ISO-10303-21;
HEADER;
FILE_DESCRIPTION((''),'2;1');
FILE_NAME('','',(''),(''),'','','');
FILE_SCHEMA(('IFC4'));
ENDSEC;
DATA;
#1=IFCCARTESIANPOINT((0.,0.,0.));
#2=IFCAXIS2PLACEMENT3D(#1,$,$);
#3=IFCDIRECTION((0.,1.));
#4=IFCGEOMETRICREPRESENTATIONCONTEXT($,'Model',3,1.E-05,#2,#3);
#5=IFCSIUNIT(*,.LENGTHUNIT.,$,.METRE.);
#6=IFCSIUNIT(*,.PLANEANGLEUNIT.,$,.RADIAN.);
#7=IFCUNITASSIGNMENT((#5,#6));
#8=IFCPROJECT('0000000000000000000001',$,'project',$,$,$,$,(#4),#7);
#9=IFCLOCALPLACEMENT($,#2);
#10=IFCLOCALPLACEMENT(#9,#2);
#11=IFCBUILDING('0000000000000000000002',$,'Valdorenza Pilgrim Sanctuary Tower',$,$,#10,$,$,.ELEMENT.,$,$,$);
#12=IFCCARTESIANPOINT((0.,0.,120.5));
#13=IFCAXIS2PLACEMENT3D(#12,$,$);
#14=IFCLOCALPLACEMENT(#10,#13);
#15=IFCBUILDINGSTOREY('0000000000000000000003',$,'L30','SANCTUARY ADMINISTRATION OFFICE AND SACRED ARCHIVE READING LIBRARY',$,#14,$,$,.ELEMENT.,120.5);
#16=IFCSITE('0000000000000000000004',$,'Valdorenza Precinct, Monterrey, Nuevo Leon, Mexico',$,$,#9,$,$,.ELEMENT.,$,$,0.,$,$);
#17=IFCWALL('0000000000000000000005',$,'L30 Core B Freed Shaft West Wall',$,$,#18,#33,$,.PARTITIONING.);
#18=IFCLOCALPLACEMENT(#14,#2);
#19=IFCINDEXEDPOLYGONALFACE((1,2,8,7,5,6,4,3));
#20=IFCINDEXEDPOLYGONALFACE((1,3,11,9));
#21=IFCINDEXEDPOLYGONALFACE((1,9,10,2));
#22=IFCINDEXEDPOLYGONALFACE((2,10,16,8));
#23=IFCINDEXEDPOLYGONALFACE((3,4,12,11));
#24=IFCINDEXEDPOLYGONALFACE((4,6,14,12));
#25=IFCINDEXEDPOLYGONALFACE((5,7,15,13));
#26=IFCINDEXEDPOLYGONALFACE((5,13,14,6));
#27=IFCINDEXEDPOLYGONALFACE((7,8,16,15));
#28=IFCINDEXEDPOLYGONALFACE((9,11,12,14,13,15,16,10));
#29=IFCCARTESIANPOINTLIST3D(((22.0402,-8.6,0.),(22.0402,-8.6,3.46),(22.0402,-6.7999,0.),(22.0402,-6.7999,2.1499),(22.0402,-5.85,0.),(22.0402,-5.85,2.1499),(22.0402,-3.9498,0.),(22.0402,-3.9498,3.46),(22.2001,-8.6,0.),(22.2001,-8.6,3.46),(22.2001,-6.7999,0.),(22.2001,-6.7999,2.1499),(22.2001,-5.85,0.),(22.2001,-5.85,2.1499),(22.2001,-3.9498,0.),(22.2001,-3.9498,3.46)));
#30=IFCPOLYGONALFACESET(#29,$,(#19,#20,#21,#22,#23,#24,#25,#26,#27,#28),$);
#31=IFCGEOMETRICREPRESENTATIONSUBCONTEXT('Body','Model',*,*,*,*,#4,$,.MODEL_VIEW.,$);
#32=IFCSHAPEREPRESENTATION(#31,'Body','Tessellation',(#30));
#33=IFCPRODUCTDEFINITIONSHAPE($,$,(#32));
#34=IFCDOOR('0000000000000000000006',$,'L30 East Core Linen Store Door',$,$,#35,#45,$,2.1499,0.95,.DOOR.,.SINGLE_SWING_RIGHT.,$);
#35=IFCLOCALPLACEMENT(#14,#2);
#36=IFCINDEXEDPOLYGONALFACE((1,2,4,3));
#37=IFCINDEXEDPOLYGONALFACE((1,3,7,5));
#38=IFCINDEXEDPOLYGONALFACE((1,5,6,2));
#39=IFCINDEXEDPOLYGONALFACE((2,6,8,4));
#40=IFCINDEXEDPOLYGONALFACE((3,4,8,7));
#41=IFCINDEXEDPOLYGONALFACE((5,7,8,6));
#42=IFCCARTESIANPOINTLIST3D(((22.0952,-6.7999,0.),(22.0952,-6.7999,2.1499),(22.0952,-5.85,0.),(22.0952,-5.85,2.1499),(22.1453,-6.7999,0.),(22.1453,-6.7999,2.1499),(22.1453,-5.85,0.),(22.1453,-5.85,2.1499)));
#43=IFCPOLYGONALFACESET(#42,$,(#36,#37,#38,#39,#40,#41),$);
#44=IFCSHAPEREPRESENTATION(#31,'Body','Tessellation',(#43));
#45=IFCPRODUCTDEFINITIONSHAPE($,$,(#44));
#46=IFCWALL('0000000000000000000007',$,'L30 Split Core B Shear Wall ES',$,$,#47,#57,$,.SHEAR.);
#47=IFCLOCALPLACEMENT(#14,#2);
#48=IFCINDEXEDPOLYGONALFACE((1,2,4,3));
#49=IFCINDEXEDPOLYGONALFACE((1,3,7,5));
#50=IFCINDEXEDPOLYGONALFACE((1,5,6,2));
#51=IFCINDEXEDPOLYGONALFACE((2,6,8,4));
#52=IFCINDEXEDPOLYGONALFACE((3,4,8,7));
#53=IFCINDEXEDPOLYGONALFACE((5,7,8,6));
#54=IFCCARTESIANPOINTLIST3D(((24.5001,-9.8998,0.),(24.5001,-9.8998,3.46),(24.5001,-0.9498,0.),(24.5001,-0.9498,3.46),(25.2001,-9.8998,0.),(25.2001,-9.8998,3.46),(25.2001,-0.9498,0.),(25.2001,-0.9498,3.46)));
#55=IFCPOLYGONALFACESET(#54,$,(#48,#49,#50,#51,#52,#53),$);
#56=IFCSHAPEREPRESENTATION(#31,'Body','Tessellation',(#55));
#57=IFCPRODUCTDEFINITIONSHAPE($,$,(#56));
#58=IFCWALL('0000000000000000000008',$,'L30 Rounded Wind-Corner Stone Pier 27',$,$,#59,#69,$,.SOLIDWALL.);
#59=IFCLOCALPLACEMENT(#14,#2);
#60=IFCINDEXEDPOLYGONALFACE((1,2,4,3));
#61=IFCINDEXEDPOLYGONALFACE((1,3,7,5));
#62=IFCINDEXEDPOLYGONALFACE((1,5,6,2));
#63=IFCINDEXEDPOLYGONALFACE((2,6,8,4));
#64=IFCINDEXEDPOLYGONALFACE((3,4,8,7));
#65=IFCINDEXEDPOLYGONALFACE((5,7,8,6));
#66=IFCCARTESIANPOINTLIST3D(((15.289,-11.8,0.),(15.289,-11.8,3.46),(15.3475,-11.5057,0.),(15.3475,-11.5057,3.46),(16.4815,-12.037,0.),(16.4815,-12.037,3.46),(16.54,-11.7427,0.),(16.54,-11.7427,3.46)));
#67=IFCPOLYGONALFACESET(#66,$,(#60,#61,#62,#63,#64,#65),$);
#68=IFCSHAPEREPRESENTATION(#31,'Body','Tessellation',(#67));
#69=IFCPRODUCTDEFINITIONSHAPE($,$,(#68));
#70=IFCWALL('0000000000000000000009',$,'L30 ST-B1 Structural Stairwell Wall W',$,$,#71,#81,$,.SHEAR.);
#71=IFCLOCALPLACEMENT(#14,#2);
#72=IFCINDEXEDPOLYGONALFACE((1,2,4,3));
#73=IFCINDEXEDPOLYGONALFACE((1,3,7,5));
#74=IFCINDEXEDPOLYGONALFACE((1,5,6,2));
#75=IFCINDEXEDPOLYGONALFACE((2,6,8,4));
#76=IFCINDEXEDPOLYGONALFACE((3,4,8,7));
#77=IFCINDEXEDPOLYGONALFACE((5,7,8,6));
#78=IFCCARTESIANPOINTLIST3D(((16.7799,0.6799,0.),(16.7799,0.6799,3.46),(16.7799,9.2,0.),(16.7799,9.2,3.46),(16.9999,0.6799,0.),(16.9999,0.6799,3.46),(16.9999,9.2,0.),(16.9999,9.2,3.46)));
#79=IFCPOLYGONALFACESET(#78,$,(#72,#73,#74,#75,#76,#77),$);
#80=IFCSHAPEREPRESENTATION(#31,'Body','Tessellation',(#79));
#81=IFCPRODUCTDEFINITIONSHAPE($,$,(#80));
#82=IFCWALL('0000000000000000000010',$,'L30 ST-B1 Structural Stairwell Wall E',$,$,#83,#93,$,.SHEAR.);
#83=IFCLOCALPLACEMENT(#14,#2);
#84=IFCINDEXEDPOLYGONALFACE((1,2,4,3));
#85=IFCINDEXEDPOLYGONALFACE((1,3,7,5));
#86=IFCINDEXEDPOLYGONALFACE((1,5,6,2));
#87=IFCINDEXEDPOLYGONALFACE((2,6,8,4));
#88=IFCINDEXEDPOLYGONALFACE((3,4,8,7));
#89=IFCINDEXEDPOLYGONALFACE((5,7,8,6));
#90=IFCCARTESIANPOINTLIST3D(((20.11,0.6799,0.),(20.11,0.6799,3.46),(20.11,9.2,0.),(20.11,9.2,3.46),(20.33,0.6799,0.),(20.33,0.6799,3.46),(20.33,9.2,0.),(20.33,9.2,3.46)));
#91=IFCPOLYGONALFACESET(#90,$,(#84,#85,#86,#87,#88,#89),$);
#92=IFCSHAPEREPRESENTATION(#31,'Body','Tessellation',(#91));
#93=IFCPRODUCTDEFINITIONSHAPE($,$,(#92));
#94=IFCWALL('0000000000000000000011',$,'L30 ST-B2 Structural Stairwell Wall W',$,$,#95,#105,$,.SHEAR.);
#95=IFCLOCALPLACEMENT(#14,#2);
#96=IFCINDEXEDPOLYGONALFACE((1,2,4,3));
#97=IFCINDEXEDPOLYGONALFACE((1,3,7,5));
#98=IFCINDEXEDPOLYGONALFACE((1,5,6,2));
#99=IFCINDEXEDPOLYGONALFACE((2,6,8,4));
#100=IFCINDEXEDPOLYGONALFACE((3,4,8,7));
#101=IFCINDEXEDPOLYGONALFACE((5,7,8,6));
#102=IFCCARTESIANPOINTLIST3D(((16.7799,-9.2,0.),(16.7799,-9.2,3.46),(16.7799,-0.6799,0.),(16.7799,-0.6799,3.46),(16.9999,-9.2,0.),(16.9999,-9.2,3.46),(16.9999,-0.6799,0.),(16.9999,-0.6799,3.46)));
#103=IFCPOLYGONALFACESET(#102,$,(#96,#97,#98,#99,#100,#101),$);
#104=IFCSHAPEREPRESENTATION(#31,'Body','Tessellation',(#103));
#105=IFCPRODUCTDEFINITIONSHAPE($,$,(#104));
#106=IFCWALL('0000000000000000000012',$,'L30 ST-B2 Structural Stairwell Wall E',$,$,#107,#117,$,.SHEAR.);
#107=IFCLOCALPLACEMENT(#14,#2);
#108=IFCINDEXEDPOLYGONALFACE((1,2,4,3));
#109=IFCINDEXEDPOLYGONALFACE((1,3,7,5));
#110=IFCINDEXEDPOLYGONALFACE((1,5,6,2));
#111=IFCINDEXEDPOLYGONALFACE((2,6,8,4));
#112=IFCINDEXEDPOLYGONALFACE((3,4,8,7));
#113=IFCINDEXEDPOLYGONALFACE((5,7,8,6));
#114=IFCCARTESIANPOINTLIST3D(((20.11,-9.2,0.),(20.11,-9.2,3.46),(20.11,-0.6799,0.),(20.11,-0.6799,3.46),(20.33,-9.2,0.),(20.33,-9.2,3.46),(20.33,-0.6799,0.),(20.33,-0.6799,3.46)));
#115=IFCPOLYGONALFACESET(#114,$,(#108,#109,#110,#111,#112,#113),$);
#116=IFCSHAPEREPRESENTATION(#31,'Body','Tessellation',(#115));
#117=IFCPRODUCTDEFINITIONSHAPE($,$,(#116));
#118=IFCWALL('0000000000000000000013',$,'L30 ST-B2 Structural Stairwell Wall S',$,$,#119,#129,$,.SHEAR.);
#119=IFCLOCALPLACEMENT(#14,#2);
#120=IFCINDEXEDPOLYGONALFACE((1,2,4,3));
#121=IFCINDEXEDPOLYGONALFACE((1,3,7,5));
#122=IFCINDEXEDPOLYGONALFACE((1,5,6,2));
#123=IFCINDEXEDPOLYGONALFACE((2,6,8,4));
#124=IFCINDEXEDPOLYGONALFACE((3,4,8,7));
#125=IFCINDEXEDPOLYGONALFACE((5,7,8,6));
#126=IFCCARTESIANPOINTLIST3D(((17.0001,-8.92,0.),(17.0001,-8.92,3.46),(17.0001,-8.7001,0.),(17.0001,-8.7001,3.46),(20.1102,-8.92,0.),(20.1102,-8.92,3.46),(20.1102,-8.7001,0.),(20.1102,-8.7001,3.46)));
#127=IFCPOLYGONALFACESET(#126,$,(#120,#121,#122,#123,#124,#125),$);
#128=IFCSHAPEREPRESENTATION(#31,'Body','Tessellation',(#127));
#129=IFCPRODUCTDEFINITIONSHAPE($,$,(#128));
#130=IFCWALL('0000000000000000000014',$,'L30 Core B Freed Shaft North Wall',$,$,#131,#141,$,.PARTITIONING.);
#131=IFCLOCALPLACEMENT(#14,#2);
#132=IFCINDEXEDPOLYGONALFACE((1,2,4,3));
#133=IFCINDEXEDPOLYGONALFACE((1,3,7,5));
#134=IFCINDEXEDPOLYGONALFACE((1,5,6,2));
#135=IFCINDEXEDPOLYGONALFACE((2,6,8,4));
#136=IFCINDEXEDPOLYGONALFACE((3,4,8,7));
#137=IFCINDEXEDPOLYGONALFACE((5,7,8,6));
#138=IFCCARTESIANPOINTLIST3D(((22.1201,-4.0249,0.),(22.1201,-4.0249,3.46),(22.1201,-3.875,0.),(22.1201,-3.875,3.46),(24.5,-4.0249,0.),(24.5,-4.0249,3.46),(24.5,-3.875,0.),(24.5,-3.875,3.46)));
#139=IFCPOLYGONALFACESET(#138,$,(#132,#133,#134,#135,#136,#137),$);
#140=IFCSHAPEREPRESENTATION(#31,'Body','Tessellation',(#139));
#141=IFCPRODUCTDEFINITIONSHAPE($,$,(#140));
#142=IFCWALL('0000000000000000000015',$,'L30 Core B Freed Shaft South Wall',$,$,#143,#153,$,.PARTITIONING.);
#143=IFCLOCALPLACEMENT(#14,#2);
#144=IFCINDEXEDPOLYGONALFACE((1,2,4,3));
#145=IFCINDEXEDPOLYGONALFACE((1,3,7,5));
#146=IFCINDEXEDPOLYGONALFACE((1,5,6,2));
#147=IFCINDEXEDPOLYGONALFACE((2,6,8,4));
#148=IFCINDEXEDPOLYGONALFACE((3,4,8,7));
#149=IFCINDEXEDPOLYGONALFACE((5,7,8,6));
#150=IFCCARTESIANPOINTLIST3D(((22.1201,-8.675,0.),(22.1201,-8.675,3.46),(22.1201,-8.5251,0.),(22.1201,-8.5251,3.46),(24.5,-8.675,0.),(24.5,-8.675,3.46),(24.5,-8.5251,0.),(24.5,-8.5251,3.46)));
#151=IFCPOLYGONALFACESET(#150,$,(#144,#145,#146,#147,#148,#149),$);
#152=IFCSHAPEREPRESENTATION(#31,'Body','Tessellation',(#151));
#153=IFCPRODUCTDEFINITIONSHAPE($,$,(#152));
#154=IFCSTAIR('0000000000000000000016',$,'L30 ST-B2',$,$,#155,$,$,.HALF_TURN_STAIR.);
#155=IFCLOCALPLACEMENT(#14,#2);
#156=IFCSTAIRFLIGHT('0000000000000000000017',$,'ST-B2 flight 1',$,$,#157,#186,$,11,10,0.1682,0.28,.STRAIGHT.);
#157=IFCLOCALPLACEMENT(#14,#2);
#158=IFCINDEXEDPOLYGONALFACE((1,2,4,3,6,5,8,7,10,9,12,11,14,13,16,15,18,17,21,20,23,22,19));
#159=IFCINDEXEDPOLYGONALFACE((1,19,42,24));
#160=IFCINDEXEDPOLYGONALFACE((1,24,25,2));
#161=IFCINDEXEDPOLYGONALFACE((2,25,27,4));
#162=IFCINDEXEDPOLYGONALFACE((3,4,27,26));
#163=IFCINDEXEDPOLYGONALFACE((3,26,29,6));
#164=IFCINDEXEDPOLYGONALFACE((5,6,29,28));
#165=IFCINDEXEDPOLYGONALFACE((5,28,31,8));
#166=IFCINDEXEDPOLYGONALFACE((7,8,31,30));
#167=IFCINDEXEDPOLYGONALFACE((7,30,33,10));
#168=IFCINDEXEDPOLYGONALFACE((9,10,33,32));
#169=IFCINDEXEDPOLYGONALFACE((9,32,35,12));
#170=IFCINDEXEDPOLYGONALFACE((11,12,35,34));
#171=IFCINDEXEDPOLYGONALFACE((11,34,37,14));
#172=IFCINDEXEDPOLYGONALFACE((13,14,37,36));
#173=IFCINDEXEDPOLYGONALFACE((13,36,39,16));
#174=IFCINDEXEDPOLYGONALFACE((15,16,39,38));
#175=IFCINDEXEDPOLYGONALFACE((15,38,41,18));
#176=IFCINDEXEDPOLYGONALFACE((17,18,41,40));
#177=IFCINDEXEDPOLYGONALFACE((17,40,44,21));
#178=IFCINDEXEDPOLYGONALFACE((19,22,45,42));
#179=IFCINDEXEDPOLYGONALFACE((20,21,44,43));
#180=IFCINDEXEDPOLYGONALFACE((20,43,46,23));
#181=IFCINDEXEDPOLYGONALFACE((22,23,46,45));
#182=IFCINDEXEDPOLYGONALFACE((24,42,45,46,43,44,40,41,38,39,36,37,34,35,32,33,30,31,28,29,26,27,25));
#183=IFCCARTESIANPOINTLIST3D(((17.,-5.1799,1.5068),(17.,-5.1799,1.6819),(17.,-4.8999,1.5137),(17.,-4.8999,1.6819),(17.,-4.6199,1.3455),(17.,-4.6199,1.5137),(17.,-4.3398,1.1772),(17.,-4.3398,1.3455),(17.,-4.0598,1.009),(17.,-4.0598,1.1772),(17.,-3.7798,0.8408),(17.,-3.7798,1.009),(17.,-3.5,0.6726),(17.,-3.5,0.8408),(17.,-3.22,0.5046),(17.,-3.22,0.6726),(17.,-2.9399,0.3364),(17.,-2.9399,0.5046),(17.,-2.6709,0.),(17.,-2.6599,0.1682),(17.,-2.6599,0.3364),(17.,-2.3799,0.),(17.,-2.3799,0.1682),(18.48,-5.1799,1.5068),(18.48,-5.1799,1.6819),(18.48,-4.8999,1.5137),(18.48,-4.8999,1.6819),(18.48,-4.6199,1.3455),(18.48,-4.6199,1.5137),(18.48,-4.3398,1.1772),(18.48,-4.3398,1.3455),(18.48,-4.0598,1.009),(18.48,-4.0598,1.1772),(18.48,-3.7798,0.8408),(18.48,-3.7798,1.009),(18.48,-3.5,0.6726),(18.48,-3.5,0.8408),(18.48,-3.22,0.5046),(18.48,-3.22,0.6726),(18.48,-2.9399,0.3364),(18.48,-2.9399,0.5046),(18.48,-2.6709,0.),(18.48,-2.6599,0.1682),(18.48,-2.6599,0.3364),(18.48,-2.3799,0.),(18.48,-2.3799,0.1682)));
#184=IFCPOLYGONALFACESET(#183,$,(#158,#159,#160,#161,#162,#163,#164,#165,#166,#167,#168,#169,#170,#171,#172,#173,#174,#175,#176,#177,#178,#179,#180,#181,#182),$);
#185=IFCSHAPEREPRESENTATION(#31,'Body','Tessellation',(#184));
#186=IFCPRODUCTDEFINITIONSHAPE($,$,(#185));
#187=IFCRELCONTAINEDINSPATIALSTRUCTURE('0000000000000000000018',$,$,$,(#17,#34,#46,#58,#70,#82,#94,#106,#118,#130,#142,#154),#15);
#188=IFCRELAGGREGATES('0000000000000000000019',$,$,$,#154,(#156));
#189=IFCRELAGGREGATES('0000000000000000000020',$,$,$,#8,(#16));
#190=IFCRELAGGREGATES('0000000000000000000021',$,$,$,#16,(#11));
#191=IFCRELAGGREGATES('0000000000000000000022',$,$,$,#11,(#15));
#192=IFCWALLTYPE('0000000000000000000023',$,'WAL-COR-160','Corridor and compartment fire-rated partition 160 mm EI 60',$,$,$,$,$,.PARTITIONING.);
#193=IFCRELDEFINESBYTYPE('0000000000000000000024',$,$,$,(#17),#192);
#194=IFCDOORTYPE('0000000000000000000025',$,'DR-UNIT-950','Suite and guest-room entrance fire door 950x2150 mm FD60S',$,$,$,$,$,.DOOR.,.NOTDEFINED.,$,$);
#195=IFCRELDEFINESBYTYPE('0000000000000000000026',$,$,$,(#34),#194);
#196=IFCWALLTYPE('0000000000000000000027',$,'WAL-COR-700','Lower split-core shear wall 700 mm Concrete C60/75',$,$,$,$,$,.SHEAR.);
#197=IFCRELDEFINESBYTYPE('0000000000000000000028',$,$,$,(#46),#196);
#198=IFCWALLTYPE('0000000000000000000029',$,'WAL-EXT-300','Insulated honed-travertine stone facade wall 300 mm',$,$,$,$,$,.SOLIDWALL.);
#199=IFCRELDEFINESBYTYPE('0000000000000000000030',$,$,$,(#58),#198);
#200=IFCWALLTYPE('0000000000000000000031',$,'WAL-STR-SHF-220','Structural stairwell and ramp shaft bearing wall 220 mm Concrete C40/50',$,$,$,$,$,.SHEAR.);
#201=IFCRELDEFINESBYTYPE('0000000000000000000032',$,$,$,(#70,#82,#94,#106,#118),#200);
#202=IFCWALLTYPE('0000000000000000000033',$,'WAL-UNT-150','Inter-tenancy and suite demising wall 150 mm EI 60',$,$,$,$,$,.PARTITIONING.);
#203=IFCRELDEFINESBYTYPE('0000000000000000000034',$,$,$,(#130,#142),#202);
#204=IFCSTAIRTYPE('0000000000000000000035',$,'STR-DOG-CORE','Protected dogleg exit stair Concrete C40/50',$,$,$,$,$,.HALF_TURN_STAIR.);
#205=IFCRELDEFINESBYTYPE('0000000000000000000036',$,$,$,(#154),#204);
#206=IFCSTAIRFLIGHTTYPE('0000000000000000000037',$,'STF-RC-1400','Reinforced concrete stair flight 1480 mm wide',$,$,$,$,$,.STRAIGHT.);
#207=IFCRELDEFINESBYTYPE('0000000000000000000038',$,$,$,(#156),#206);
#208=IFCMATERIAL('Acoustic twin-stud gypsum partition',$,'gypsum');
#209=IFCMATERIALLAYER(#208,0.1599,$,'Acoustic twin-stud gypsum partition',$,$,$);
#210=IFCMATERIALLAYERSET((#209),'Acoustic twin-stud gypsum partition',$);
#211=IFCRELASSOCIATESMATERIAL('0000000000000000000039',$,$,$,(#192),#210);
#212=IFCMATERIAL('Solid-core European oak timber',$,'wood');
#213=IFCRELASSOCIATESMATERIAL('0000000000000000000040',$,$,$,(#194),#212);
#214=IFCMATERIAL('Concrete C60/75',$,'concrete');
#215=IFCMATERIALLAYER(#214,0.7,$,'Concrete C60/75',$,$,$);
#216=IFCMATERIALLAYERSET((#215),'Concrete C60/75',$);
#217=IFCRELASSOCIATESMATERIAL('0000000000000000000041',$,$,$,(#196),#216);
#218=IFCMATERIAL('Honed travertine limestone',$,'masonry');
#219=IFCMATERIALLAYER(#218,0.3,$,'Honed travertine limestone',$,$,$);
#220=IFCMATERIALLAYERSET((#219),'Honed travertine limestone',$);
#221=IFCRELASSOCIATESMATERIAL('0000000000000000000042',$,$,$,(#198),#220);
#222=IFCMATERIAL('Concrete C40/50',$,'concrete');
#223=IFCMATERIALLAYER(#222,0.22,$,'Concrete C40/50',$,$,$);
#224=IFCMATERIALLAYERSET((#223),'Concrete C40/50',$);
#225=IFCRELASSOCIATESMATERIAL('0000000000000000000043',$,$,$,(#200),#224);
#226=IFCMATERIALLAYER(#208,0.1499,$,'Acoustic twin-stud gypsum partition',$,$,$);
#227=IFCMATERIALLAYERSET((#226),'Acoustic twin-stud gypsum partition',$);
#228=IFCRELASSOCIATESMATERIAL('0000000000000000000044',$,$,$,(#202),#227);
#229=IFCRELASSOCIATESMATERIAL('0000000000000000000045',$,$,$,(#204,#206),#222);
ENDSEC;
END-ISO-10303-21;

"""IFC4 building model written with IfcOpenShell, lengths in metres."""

from ifc_helpers import new_model, si_unit, direction, frame, frame_2d, origin, place, context, subcontext, project, spatial, polyline, rectangle, outline, extrude, material, layer, layer_set, type_object, element, fill, aggregate, save


model = new_model("IFC4")

# Units and contexts
model_context = context("Model", 3, precision=1e-05, world=origin(), true_north=direction((0.0, 1.0)))
body_context = subcontext(model_context, "Body", "Model", "MODEL_VIEW")
ifc_project = project(units=[si_unit("LENGTHUNIT", "METRE"), si_unit("PLANEANGLEUNIT", "RADIAN")], contexts=[model_context])

# Site, building, storey
site_placement = place(None, origin())
site = spatial("IfcSite", under=ifc_project, at=site_placement, Name="Valdorenza Precinct, Monterrey, Nuevo Leon, Mexico", CompositionType="ELEMENT", RefElevation=0.0)
building_placement = place(site_placement, origin())
building = spatial("IfcBuilding", under=site, at=building_placement, Name="Valdorenza Pilgrim Sanctuary Tower", CompositionType="ELEMENT")
storey_placement = place(building_placement, frame((0.0, 0.0, 120.5)))
storey = spatial("IfcBuildingStorey", under=building, at=storey_placement, Name="L30", Description="SANCTUARY ADMINISTRATION OFFICE AND SACRED ARCHIVE READING LIBRARY", CompositionType="ELEMENT", Elevation=120.5)

# Shared definitions
ifc_material_1 = material(Name="Concrete C60/75", Category="concrete")

# Shared definitions
ifc_material_2 = material(Name="Honed travertine limestone", Category="masonry")

# Shared definitions
ifc_material_3 = material(Name="Acoustic twin-stud gypsum partition", Category="gypsum")
ifc_layer_1 = layer(ifc_material_3, 0.1599, Name="Acoustic twin-stud gypsum partition")
ifc_layer_set_1 = layer_set([ifc_layer_1], Name="Acoustic twin-stud gypsum partition")
wall_type_1 = type_object("IfcWallType", Name="WAL-COR-160", Description="Corridor and compartment fire-rated partition 160 mm EI 60", PredefinedType="PARTITIONING", material=ifc_layer_set_1)

# Wall, opening, door
wall_1_placement = place(storey_placement, frame((22.1201, -8.6001, 0.0), z_axis=(0.0, 0.0, 1.0), x_axis=(0.0, 1.0, 0.0)))
wall_1 = element("IfcWall", 1, at=wall_1_placement, inside=storey, type_object=wall_type_1, Name="L30 Core B Freed Shaft West Wall", PredefinedType="PARTITIONING", context=body_context, shape_type="SweptSolid", body=[
    extrude(rectangle(XDim=4.6501, YDim=0.1599, at=frame_2d((2.3252, 0.0))), origin(), (0.0, 0.0, 1.0), 3.46),
])
opening_1_placement = place(wall_1_placement, frame((1.8, 0.0, 0.0)))
opening_1 = element("IfcOpeningElement", 2, at=opening_1_placement, cuts=wall_1, PredefinedType="OPENING", context=body_context, shape_type="SweptSolid", body=[
    extrude(rectangle(XDim=0.95, YDim=2.1499, at=frame_2d((0.4751, 1.075))), frame((0.0, 0.0947, 0.0), z_axis=(0.0, -1.0, 0.0), x_axis=(1.0, 0.0, 0.0)), (0.0, 0.0, 1.0), 0.1897),
])
ifc_material_4 = material(Name="Solid-core European oak timber", Category="wood")
door_type_1 = type_object("IfcDoorType", Name="DR-UNIT-950", Description="Suite and guest-room entrance fire door 950x2150 mm FD60S", OperationType="NOTDEFINED", PredefinedType="DOOR", material=ifc_material_4)
door_1_placement = place(opening_1_placement, origin())
door_1 = element("IfcDoor", 3, at=door_1_placement, inside=storey, type_object=door_type_1, Name="L30 East Core Linen Store Door", OperationType="SINGLE_SWING_RIGHT", OverallHeight=2.1499, OverallWidth=0.95, PredefinedType="DOOR", context=body_context, shape_type="SweptSolid", body=[
    extrude(rectangle(XDim=0.95, YDim=2.1499, at=frame_2d((0.4751, 1.075))), frame((0.0, 0.0249, 0.0), z_axis=(0.0, -1.0, 0.0), x_axis=(1.0, 0.0, 0.0)), (0.0, 0.0, 1.0), 0.05),
])
fill(opening_1, door_1)

# Walls
ifc_layer_2 = layer(ifc_material_1, 0.7, Name="Concrete C60/75")
ifc_layer_set_2 = layer_set([ifc_layer_2], Name="Concrete C60/75")
wall_type_2 = type_object("IfcWallType", Name="WAL-COR-700", Description="Lower split-core shear wall 700 mm Concrete C60/75", PredefinedType="SHEAR", material=ifc_layer_set_2)
wall_2_placement = place(storey_placement, frame((24.8501, -9.8999, 0.0), z_axis=(0.0, 0.0, 1.0), x_axis=(0.0, 1.0, 0.0)))
element("IfcWall", 4, at=wall_2_placement, inside=storey, type_object=wall_type_2, Name="L30 Split Core B Shear Wall ES", PredefinedType="SHEAR", context=body_context, shape_type="SweptSolid", body=[
    extrude(rectangle(XDim=8.95, YDim=0.7, at=frame_2d((4.4751, 0.0))), origin(), (0.0, 0.0, 1.0), 3.46),
])
ifc_layer_3 = layer(ifc_material_2, 0.3, Name="Honed travertine limestone")
ifc_layer_set_3 = layer_set([ifc_layer_3], Name="Honed travertine limestone")
wall_type_3 = type_object("IfcWallType", Name="WAL-EXT-300", Description="Insulated honed-travertine stone facade wall 300 mm", PredefinedType="SOLIDWALL", material=ifc_layer_set_3)
wall_3_placement = place(storey_placement, frame((16.5107, -11.8899, 0.0), z_axis=(0.0, 0.0, 1.0), x_axis=(-0.980804, 0.194996, 0.0)))
element("IfcWall", 5, at=wall_3_placement, inside=storey, type_object=wall_type_3, Name="L30 Rounded Wind-Corner Stone Pier 27", PredefinedType="SOLIDWALL", context=body_context, shape_type="SweptSolid", body=[
    extrude(rectangle(XDim=1.2158, YDim=0.3, at=frame_2d((0.6079, 0.0))), origin(), (0.0, 0.0, 1.0), 3.46),
])

# Walls
ifc_material_5 = material(Name="Concrete C40/50", Category="concrete")
ifc_layer_4 = layer(ifc_material_5, 0.22, Name="Concrete C40/50")
ifc_layer_set_4 = layer_set([ifc_layer_4], Name="Concrete C40/50")
wall_type_4 = type_object("IfcWallType", Name="WAL-STR-SHF-220", Description="Structural stairwell and ramp shaft bearing wall 220 mm Concrete C40/50", PredefinedType="SHEAR", material=ifc_layer_set_4)
for number, where, z_axis, x_axis, name in (
    (6, (16.8899, 0.6799, 0.0), (0.0, 0.0, 1.0), (0.0, 1.0, 0.0), "L30 ST-B1 Structural Stairwell Wall W"),
    (7, (20.22, 0.6799, 0.0), (0.0, 0.0, 1.0), (0.0, 1.0, 0.0), "L30 ST-B1 Structural Stairwell Wall E"),
    (8, (16.8899, -9.2, 0.0), (0.0, 0.0, 1.0), (0.0, 1.0, 0.0), "L30 ST-B2 Structural Stairwell Wall W"),
    (9, (20.22, -9.2, 0.0), (0.0, 0.0, 1.0), (0.0, 1.0, 0.0), "L30 ST-B2 Structural Stairwell Wall E"),
):
    element("IfcWall", number, at=place(storey_placement, frame(where, z_axis=z_axis, x_axis=x_axis)), inside=storey, type_object=wall_type_4, Name=name, PredefinedType="SHEAR", context=body_context, shape_type="SweptSolid", body=[
        extrude(rectangle(XDim=8.52, YDim=0.22, at=frame_2d((4.26, 0.0))), origin(), (0.0, 0.0, 1.0), 3.46),
    ])
wall_4_placement = place(storey_placement, frame((17.0, -8.8101, 0.0), z_axis=(0.0, 0.0, 1.0), x_axis=(1.0, 0.0, 0.0)))
element("IfcWall", 10, at=wall_4_placement, inside=storey, type_object=wall_type_4, Name="L30 ST-B2 Structural Stairwell Wall S", PredefinedType="SHEAR", context=body_context, shape_type="SweptSolid", body=[
    extrude(rectangle(XDim=3.1101, YDim=0.22, at=frame_2d((1.5552, 0.0))), origin(), (0.0, 0.0, 1.0), 3.46),
])

# Walls
ifc_layer_5 = layer(ifc_material_3, 0.1499, Name="Acoustic twin-stud gypsum partition")
ifc_layer_set_5 = layer_set([ifc_layer_5], Name="Acoustic twin-stud gypsum partition")
wall_type_5 = type_object("IfcWallType", Name="WAL-UNT-150", Description="Inter-tenancy and suite demising wall 150 mm EI 60", PredefinedType="PARTITIONING", material=ifc_layer_set_5)
for number, where, z_axis, x_axis, name in (
    (11, (22.1201, -3.95, 0.0), (0.0, 0.0, 1.0), (1.0, 0.0, 0.0), "L30 Core B Freed Shaft North Wall"),
    (12, (22.1201, -8.6001, 0.0), (0.0, 0.0, 1.0), (1.0, 0.0, 0.0), "L30 Core B Freed Shaft South Wall"),
):
    element("IfcWall", number, at=place(storey_placement, frame(where, z_axis=z_axis, x_axis=x_axis)), inside=storey, type_object=wall_type_5, Name=name, PredefinedType="PARTITIONING", context=body_context, shape_type="SweptSolid", body=[
        extrude(rectangle(XDim=2.3799, YDim=0.1499, at=frame_2d((1.1899, 0.0))), origin(), (0.0, 0.0, 1.0), 3.46),
    ])

# Stair, stair flight
stair_type = type_object("IfcStairType", Name="STR-DOG-CORE", Description="Protected dogleg exit stair Concrete C40/50", PredefinedType="HALF_TURN_STAIR", material=ifc_material_5)
stair_placement = place(storey_placement, origin())
stair = element("IfcStair", 13, at=stair_placement, inside=storey, type_object=stair_type, Name="L30 ST-B2", PredefinedType="HALF_TURN_STAIR")
stair_flight_type = type_object("IfcStairFlightType", Name="STF-RC-1400", Description="Reinforced concrete stair flight 1480 mm wide", PredefinedType="STRAIGHT", material=ifc_material_5)
stair_flight_1_placement = place(storey_placement, frame((17.74, -2.3799, 0.0), z_axis=(0.0, 0.0, 1.0), x_axis=(0.0, -1.0, 0.0)))
stair_flight_1 = element("IfcStairFlight", 14, at=stair_flight_1_placement, type_object=stair_flight_type, Name="ST-B2 flight 1", NumberOfRisers=11, NumberOfTreads=10, PredefinedType="STRAIGHT", RiserHeight=0.1682, TreadLength=0.28, context=body_context, shape_type="SweptSolid", body=[
    extrude(outline(polyline([(0.0, 0.0), (0.0, 0.1682), (0.28, 0.1682), (0.28, 0.3364), (0.5601, 0.3364), (0.5601, 0.5046), (0.8401, 0.5046), (0.8401, 0.6726), (1.1201, 0.6726), (1.1201, 0.8408), (1.3999, 0.8408), (1.3999, 1.009), (1.6799, 1.009), (1.6799, 1.1772), (1.96, 1.1772), (1.96, 1.3455), (2.24, 1.3455), (2.24, 1.5137), (2.52, 1.5137), (2.52, 1.6819), (2.8, 1.6819), (2.8, 1.8501), (2.8, 1.5068), (0.291, 0.0), (0.0, 0.0)])), frame((0.0, 0.74, 0.0), z_axis=(0.0, -1.0, 0.0), x_axis=(1.0, 0.0, 0.0)), (0.0, 0.0, 1.0), 1.48),
])
aggregate(stair, [stair_flight_1])

save(model, "model.ifc")
